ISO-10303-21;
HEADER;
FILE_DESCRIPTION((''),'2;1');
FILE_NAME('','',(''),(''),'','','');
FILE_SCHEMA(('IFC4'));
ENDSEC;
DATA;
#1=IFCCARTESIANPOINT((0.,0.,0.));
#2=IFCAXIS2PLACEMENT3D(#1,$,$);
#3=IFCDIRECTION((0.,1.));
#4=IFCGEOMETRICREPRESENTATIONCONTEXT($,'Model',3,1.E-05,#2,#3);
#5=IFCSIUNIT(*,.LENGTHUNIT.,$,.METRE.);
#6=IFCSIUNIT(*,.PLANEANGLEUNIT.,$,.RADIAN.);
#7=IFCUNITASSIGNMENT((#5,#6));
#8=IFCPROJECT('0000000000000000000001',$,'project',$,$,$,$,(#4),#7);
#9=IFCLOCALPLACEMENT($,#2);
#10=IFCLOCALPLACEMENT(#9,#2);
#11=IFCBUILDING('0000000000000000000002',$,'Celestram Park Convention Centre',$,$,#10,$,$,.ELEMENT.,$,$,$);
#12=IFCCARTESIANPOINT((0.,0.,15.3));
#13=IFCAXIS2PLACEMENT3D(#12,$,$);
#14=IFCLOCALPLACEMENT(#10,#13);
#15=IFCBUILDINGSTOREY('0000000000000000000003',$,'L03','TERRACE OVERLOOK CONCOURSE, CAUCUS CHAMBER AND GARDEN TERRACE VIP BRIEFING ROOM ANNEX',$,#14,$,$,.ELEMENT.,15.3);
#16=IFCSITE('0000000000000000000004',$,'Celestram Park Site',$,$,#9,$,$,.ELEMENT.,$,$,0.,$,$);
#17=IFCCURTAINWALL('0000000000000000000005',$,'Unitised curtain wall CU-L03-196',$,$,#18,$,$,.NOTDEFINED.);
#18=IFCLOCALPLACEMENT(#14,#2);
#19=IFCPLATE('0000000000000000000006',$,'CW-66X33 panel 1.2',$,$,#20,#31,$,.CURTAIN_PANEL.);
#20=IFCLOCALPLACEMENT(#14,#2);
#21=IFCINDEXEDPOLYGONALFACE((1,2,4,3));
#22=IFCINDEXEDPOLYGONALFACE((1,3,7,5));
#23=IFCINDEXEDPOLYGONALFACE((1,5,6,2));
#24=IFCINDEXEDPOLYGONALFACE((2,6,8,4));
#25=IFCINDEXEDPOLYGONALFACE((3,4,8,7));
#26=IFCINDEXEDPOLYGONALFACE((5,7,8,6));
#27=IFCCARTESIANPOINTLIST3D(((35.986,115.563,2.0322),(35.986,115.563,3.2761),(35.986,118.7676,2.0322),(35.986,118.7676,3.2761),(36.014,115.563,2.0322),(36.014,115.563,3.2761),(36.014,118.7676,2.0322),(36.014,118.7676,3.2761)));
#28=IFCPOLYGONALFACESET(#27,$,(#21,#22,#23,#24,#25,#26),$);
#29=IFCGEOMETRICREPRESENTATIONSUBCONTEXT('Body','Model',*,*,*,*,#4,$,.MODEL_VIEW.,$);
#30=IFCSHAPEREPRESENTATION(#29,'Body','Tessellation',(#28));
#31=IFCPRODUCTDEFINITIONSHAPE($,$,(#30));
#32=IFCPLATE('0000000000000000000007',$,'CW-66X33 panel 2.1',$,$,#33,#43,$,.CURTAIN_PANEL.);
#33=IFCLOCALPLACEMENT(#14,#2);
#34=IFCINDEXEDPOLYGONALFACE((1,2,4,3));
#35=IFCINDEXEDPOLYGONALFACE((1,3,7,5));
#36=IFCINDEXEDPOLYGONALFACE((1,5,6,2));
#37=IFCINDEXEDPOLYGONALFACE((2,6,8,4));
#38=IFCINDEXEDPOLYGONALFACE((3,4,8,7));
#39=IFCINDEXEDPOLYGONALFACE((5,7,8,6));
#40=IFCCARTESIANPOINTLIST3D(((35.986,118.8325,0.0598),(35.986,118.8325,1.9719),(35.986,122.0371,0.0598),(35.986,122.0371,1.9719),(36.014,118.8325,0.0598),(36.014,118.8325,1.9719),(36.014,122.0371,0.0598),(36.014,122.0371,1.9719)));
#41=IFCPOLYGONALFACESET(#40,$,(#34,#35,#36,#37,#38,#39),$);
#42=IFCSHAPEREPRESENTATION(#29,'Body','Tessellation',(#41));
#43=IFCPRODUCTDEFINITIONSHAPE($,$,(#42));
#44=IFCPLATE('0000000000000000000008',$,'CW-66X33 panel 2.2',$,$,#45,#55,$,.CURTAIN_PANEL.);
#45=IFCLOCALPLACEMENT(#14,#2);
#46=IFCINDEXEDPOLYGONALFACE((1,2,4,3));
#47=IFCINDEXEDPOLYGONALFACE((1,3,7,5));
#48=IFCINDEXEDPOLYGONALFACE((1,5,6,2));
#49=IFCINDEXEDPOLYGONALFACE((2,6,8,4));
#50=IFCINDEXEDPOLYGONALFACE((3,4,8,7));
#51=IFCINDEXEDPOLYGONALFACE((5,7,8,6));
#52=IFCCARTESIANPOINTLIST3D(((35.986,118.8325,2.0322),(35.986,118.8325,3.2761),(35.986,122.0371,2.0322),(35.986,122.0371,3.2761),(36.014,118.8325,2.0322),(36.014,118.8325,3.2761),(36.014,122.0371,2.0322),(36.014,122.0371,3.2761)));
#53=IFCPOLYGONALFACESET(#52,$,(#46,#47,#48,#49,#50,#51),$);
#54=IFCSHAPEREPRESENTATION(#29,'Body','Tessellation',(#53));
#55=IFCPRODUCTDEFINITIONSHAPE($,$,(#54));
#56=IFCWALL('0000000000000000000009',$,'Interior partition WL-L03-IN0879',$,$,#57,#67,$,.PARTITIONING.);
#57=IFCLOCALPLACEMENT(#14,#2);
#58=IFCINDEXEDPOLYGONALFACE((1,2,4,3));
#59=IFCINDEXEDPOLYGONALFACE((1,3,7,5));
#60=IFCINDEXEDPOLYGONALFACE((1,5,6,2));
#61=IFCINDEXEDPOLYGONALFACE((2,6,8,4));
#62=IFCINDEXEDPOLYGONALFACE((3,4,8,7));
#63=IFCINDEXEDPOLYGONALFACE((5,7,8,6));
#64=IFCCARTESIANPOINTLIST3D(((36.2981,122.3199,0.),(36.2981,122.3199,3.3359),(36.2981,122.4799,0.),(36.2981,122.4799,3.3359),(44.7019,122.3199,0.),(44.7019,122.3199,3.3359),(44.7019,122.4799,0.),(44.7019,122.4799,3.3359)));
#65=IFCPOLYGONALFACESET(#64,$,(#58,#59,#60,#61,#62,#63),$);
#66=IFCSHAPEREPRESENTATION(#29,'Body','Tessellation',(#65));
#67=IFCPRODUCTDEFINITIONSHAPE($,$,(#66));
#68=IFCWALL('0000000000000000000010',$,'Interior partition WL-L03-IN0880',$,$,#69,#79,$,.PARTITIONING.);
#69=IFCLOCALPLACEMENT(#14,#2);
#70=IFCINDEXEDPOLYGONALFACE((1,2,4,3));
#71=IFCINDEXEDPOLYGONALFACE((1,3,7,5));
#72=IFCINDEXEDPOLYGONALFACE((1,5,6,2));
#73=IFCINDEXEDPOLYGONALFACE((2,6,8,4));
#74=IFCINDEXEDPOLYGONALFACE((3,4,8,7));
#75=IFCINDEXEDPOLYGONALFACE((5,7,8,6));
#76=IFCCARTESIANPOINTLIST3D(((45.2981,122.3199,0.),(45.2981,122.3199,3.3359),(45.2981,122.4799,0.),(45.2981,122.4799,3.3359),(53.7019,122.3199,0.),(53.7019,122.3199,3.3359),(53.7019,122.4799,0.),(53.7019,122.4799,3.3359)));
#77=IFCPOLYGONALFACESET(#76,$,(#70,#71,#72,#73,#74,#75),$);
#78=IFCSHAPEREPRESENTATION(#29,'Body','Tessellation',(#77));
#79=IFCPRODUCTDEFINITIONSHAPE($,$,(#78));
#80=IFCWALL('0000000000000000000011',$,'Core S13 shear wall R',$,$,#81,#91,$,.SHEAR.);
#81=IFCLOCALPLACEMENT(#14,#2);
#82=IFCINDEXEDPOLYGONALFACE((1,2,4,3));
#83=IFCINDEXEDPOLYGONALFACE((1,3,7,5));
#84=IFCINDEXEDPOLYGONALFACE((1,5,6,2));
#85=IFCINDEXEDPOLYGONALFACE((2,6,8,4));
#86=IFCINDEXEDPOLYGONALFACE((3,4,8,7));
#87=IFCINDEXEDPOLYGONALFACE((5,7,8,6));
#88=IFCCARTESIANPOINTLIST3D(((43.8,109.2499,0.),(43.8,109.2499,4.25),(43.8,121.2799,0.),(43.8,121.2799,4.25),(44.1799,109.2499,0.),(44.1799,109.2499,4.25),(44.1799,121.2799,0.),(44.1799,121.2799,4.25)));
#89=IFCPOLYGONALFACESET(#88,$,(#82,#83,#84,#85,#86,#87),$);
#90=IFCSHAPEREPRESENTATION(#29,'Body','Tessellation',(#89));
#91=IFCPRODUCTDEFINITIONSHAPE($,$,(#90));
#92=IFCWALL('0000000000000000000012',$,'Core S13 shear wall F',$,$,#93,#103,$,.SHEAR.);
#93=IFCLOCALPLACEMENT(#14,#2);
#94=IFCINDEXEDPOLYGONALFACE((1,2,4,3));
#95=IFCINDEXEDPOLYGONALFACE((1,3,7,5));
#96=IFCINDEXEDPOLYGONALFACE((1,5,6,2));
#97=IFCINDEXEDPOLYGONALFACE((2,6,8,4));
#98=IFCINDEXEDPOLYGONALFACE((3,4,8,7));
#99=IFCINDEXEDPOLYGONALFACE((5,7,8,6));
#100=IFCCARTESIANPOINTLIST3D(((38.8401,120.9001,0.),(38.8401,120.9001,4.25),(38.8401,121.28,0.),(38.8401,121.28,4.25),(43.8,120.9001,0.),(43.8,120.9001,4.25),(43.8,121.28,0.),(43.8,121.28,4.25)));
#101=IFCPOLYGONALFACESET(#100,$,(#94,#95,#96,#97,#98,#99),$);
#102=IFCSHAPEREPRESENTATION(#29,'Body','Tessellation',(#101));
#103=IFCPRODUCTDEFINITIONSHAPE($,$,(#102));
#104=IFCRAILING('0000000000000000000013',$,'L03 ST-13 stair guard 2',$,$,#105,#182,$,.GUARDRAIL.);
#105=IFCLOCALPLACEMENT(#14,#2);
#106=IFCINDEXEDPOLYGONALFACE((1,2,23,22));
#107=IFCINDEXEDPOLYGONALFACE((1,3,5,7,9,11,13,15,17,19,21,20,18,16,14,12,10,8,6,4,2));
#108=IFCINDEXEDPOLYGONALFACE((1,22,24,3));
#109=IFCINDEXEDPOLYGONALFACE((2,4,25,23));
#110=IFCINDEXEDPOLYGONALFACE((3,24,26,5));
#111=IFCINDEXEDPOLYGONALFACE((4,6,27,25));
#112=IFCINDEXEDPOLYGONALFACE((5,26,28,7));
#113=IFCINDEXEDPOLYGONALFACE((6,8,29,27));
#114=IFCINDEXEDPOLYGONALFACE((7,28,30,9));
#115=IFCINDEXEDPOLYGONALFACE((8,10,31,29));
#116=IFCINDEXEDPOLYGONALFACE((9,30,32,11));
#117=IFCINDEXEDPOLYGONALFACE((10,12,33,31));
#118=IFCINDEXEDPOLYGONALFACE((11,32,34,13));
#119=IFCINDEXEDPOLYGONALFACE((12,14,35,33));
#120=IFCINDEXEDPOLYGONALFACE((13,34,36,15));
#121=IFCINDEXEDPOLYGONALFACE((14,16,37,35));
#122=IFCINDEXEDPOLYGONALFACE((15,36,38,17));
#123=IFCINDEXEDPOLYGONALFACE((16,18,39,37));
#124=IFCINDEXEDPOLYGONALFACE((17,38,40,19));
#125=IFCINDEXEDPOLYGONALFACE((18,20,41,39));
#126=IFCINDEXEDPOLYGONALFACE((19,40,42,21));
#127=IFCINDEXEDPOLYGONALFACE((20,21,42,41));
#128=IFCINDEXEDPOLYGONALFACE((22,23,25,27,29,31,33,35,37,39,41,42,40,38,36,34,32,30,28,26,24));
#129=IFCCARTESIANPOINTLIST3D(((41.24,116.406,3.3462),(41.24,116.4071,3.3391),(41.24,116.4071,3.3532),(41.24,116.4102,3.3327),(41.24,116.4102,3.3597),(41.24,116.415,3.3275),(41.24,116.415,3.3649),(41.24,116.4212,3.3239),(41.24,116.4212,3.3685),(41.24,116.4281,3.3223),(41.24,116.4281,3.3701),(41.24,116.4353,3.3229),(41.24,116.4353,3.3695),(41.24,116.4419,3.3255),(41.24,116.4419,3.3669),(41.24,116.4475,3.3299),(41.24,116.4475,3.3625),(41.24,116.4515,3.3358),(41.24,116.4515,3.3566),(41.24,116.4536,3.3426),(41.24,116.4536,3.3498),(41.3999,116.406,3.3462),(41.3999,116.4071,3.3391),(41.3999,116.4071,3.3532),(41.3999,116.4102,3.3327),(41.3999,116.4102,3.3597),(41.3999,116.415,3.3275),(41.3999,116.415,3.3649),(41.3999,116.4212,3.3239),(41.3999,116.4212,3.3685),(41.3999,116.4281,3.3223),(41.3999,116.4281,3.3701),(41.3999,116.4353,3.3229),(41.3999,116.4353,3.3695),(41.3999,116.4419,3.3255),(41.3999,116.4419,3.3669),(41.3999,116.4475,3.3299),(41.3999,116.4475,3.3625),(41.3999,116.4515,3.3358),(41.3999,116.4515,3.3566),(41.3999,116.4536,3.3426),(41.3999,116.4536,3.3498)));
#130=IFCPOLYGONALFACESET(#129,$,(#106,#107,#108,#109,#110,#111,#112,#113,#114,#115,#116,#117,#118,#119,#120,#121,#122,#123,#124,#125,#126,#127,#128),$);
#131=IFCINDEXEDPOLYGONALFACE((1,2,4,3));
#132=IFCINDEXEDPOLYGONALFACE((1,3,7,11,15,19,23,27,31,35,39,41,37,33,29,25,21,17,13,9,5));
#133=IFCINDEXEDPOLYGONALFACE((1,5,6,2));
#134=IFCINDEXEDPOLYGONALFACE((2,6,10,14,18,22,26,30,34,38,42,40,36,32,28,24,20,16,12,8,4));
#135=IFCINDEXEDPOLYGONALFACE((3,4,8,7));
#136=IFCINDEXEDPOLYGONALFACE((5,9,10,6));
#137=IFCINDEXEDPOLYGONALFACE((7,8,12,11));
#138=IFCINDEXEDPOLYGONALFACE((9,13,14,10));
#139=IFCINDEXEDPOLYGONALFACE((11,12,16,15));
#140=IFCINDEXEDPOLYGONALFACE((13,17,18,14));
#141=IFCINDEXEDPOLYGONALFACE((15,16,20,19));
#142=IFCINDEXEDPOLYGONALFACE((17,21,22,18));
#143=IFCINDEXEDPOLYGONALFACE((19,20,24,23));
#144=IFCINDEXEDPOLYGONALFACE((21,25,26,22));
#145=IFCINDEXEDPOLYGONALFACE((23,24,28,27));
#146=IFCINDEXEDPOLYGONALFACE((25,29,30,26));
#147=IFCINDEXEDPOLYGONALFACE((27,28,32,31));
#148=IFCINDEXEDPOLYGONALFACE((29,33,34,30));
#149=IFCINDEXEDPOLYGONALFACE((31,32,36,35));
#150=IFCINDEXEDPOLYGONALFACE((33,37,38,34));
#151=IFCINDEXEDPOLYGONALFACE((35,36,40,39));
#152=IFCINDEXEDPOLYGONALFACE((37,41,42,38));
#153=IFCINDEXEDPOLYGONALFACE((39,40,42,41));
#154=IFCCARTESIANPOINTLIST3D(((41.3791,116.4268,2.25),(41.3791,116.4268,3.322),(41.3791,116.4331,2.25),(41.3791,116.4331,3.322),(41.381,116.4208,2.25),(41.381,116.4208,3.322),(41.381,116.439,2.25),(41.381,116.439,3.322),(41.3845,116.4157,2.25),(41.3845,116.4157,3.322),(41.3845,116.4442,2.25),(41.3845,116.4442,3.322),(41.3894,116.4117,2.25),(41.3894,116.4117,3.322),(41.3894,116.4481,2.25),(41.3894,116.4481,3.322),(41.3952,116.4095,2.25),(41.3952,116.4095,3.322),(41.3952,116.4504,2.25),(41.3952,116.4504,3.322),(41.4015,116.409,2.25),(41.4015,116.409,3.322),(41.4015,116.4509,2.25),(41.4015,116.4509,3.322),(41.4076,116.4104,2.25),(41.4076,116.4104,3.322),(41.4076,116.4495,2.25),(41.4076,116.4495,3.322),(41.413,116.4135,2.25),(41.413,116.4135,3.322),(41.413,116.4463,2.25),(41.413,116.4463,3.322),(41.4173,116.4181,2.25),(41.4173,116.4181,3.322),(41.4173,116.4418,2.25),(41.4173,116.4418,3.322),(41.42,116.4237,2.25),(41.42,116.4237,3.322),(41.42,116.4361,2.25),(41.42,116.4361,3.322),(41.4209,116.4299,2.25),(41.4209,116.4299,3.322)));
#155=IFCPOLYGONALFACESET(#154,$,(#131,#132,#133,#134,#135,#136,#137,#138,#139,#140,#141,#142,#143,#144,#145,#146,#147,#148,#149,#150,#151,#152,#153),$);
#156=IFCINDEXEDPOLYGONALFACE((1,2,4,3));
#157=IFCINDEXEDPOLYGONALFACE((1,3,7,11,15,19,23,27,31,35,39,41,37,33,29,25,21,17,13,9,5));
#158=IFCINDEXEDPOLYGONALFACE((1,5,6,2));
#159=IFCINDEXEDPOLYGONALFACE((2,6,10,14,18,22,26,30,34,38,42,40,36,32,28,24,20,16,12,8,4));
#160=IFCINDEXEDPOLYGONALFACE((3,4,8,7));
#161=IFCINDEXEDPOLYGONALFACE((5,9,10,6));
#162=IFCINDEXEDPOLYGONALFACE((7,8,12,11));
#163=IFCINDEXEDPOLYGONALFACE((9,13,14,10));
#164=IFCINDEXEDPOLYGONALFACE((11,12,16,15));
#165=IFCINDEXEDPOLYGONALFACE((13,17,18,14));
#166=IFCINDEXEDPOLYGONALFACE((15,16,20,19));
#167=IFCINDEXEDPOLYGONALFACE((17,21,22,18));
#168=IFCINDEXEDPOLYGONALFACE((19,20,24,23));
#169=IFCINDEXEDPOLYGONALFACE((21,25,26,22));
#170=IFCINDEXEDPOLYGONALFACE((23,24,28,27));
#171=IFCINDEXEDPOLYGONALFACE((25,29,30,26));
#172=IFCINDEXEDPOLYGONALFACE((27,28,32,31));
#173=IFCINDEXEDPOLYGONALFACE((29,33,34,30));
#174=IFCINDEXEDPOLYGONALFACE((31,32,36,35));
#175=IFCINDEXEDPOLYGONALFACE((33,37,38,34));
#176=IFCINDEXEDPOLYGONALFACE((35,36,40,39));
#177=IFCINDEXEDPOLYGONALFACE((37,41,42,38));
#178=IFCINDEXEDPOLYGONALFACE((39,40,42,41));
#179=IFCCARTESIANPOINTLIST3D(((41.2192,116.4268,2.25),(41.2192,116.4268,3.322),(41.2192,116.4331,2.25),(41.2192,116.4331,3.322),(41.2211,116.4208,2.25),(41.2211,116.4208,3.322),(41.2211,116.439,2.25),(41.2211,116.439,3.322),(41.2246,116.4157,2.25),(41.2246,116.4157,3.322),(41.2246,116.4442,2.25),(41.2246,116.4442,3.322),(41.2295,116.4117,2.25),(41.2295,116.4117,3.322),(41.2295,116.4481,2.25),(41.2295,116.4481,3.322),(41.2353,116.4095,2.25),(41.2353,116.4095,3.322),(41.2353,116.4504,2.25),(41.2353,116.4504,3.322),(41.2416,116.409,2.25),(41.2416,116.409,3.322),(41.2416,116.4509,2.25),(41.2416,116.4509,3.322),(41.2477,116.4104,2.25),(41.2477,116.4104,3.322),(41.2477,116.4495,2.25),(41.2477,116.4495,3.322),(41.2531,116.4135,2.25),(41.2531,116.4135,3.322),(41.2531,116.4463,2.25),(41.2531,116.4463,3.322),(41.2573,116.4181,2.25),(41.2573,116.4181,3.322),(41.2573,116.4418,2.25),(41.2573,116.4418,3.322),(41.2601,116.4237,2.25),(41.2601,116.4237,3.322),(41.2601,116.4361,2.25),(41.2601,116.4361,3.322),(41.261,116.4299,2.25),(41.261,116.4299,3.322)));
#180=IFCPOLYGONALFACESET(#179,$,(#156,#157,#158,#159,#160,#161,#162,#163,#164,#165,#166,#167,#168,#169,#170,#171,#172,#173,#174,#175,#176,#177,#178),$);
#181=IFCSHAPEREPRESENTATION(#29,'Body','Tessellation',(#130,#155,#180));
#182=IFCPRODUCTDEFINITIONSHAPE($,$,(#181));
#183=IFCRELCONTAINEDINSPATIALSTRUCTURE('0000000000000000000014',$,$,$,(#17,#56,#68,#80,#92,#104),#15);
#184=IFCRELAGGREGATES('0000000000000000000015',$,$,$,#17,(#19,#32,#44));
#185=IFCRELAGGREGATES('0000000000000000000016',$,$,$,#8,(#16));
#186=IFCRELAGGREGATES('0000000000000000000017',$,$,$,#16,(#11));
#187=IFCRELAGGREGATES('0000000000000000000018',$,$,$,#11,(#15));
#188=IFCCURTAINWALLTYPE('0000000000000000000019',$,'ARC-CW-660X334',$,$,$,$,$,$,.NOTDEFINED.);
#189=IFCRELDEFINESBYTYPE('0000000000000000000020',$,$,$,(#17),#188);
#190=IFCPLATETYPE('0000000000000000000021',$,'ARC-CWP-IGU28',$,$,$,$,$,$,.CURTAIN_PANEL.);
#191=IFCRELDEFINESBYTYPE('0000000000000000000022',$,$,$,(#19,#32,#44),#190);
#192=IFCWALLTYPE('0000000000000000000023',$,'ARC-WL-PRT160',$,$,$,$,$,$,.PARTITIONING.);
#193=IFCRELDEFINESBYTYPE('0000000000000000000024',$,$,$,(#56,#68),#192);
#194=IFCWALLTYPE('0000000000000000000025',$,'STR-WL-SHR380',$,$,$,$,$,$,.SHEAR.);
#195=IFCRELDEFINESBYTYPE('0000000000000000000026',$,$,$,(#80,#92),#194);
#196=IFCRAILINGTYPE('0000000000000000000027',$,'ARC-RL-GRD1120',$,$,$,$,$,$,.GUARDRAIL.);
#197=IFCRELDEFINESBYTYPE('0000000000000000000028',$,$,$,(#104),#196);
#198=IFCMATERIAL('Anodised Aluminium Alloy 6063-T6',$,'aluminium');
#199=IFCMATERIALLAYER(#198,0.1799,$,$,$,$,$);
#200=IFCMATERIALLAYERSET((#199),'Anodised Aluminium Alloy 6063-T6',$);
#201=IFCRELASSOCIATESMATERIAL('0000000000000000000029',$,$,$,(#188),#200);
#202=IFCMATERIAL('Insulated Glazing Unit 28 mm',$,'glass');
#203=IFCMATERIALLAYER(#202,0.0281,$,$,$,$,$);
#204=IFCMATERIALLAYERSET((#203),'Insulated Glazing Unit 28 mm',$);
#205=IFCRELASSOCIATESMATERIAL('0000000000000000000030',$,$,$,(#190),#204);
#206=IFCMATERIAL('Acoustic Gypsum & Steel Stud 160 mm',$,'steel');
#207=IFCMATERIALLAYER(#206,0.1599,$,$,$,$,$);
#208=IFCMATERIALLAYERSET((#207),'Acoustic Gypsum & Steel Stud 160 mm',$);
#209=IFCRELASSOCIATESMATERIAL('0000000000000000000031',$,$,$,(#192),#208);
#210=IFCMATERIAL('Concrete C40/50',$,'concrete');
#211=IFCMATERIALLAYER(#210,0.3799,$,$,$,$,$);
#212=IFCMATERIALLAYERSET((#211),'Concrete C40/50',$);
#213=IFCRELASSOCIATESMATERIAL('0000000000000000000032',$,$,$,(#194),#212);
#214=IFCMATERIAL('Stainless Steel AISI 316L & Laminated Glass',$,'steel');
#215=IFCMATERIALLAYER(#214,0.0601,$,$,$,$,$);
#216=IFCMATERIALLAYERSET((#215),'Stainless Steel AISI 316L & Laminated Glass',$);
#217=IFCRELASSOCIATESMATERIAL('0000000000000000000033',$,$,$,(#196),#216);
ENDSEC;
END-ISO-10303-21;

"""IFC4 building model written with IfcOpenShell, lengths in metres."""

from ifc_helpers import new_model, si_unit, direction, frame, frame_2d, origin, origin_2d, place, context, subcontext, project, spatial, rectangle, circle, extrude, material, layer, layer_set, type_object, element, aggregate, save


model = new_model("IFC4")

# Units and contexts
model_context = context("Model", 3, precision=1e-05, world=origin(), true_north=direction((0.0, 1.0)))
body_context = subcontext(model_context, "Body", "Model", "MODEL_VIEW")
ifc_project = project(units=[si_unit("LENGTHUNIT", "METRE"), si_unit("PLANEANGLEUNIT", "RADIAN")], contexts=[model_context])

# Site, building, storey
site_placement = place(None, origin())
site = spatial("IfcSite", under=ifc_project, at=site_placement, Name="Celestram Park Site", CompositionType="ELEMENT", RefElevation=0.0)
building_placement = place(site_placement, origin())
building = spatial("IfcBuilding", under=site, at=building_placement, Name="Celestram Park Convention Centre", CompositionType="ELEMENT")
storey_placement = place(building_placement, frame((0.0, 0.0, 15.3)))
storey = spatial("IfcBuildingStorey", under=building, at=storey_placement, Name="L03", Description="TERRACE OVERLOOK CONCOURSE, CAUCUS CHAMBER AND GARDEN TERRACE VIP BRIEFING ROOM ANNEX", CompositionType="ELEMENT", Elevation=15.3)

# Shared definitions
ifc_material_1 = material(Name="Concrete C40/50", Category="concrete")

# Curtain wall
ifc_material_2 = material(Name="Anodised Aluminium Alloy 6063-T6", Category="aluminium")
ifc_layer_1 = layer(ifc_material_2, 0.1799)
ifc_layer_set_1 = layer_set([ifc_layer_1], Name="Anodised Aluminium Alloy 6063-T6")
curtain_wall_type = type_object("IfcCurtainWallType", Name="ARC-CW-660X334", PredefinedType="NOTDEFINED", material=ifc_layer_set_1)
curtain_wall_1_placement = place(storey_placement, origin())
curtain_wall_1 = element("IfcCurtainWall", 1, at=curtain_wall_1_placement, inside=storey, type_object=curtain_wall_type, Name="Unitised curtain wall CU-L03-196", PredefinedType="NOTDEFINED")

# Plates
ifc_material_3 = material(Name="Insulated Glazing Unit 28 mm", Category="glass")
ifc_layer_2 = layer(ifc_material_3, 0.0281)
ifc_layer_set_2 = layer_set([ifc_layer_2], Name="Insulated Glazing Unit 28 mm")
plate_type = type_object("IfcPlateType", Name="ARC-CWP-IGU28", PredefinedType="CURTAIN_PANEL", material=ifc_layer_set_2)
plate_1_placement = place(storey_placement, frame((36.0, 117.1653, 2.0322), z_axis=(0.0, 0.0, 1.0), x_axis=(0.0, 1.0, 0.0)))
plate_1 = element("IfcPlate", 2, at=plate_1_placement, type_object=plate_type, Name="CW-66X33 panel 1.2", PredefinedType="CURTAIN_PANEL", context=body_context, shape_type="SweptSolid", body=[
    extrude(rectangle(XDim=3.2046, YDim=0.0281, at=origin_2d()), origin(), (0.0, 0.0, 1.0), 1.2439),
])
plate_2_placement = place(storey_placement, frame((36.0, 120.4348, 0.0598), z_axis=(0.0, 0.0, 1.0), x_axis=(0.0, 1.0, 0.0)))
plate_2 = element("IfcPlate", 3, at=plate_2_placement, type_object=plate_type, Name="CW-66X33 panel 2.1", PredefinedType="CURTAIN_PANEL", context=body_context, shape_type="SweptSolid", body=[
    extrude(rectangle(XDim=3.2046, YDim=0.0281, at=origin_2d()), origin(), (0.0, 0.0, 1.0), 1.9121),
])
plate_3_placement = place(storey_placement, frame((36.0, 120.4348, 2.0322), z_axis=(0.0, 0.0, 1.0), x_axis=(0.0, 1.0, 0.0)))
plate_3 = element("IfcPlate", 4, at=plate_3_placement, type_object=plate_type, Name="CW-66X33 panel 2.2", PredefinedType="CURTAIN_PANEL", context=body_context, shape_type="SweptSolid", body=[
    extrude(rectangle(XDim=3.2046, YDim=0.0281, at=origin_2d()), origin(), (0.0, 0.0, 1.0), 1.2439),
])
aggregate(curtain_wall_1, [plate_1, plate_2, plate_3])

# Walls
ifc_material_4 = material(Name="Acoustic Gypsum & Steel Stud 160 mm", Category="steel")
ifc_layer_3 = layer(ifc_material_4, 0.1599)
ifc_layer_set_3 = layer_set([ifc_layer_3], Name="Acoustic Gypsum & Steel Stud 160 mm")
wall_type_1 = type_object("IfcWallType", Name="ARC-WL-PRT160", PredefinedType="PARTITIONING", material=ifc_layer_set_3)
for number, where, z_axis, x_axis, name in (
    (5, (36.2981, 122.3999, 0.0), (0.0, 0.0, 1.0), (1.0, 0.0, 0.0), "Interior partition WL-L03-IN0879"),
    (6, (45.2981, 122.3999, 0.0), (0.0, 0.0, 1.0), (1.0, 0.0, 0.0), "Interior partition WL-L03-IN0880"),
):
    element("IfcWall", number, at=place(storey_placement, frame(where, z_axis=z_axis, x_axis=x_axis)), inside=storey, type_object=wall_type_1, Name=name, PredefinedType="PARTITIONING", context=body_context, shape_type="SweptSolid", body=[
        extrude(rectangle(XDim=8.4038, YDim=0.1599, at=frame_2d((4.2019, 0.0))), origin(), (0.0, 0.0, 1.0), 3.3359),
    ])
ifc_layer_4 = layer(ifc_material_1, 0.3799)
ifc_layer_set_4 = layer_set([ifc_layer_4], Name="Concrete C40/50")
wall_type_2 = type_object("IfcWallType", Name="STR-WL-SHR380", PredefinedType="SHEAR", material=ifc_layer_set_4)
wall_1_placement = place(storey_placement, frame((43.99, 121.28, 0.0), z_axis=(0.0, 0.0, 1.0), x_axis=(0.0, -1.0, 0.0)))
element("IfcWall", 7, at=wall_1_placement, inside=storey, type_object=wall_type_2, Name="Core S13 shear wall R", PredefinedType="SHEAR", context=body_context, shape_type="SweptSolid", body=[
    extrude(rectangle(XDim=12.03, YDim=0.3799, at=frame_2d((6.0151, 0.0))), origin(), (0.0, 0.0, 1.0), 4.25),
])
wall_2_placement = place(storey_placement, frame((38.8401, 121.0901, 0.0), z_axis=(0.0, 0.0, 1.0), x_axis=(1.0, 0.0, 0.0)))
element("IfcWall", 8, at=wall_2_placement, inside=storey, type_object=wall_type_2, Name="Core S13 shear wall F", PredefinedType="SHEAR", context=body_context, shape_type="SweptSolid", body=[
    extrude(rectangle(XDim=4.96, YDim=0.3799, at=frame_2d((2.48, 0.0))), origin(), (0.0, 0.0, 1.0), 4.25),
])

# Railing
ifc_material_5 = material(Name="Stainless Steel AISI 316L & Laminated Glass", Category="steel")
ifc_layer_5 = layer(ifc_material_5, 0.0601)
ifc_layer_set_5 = layer_set([ifc_layer_5], Name="Stainless Steel AISI 316L & Laminated Glass")
railing_type = type_object("IfcRailingType", Name="ARC-RL-GRD1120", PredefinedType="GUARDRAIL", material=ifc_layer_set_5)
railing_1_placement = place(storey_placement, frame((41.3999, 116.4299, 2.25)))
element("IfcRailing", 9, at=railing_1_placement, inside=storey, type_object=railing_type, Name="L03 ST-13 stair guard 2", PredefinedType="GUARDRAIL", context=body_context, shape_type="SweptSolid", body=[
    extrude(circle(Radius=0.0239, at=origin_2d()), frame((0.0, 0.0, 1.0962), z_axis=(-1.0, 0.0, 0.0), x_axis=(0.0, -1.0, 0.0)), (0.0, 0.0, 1.0), 0.1599),
    extrude(circle(Radius=0.021, at=origin_2d()), origin(), (0.0, 0.0, 1.0), 1.072),
    extrude(circle(Radius=0.021, at=origin_2d()), frame((-0.1599, 0.0, 0.0)), (0.0, 0.0, 1.0), 1.072),
])

save(model, "model.ifc")
